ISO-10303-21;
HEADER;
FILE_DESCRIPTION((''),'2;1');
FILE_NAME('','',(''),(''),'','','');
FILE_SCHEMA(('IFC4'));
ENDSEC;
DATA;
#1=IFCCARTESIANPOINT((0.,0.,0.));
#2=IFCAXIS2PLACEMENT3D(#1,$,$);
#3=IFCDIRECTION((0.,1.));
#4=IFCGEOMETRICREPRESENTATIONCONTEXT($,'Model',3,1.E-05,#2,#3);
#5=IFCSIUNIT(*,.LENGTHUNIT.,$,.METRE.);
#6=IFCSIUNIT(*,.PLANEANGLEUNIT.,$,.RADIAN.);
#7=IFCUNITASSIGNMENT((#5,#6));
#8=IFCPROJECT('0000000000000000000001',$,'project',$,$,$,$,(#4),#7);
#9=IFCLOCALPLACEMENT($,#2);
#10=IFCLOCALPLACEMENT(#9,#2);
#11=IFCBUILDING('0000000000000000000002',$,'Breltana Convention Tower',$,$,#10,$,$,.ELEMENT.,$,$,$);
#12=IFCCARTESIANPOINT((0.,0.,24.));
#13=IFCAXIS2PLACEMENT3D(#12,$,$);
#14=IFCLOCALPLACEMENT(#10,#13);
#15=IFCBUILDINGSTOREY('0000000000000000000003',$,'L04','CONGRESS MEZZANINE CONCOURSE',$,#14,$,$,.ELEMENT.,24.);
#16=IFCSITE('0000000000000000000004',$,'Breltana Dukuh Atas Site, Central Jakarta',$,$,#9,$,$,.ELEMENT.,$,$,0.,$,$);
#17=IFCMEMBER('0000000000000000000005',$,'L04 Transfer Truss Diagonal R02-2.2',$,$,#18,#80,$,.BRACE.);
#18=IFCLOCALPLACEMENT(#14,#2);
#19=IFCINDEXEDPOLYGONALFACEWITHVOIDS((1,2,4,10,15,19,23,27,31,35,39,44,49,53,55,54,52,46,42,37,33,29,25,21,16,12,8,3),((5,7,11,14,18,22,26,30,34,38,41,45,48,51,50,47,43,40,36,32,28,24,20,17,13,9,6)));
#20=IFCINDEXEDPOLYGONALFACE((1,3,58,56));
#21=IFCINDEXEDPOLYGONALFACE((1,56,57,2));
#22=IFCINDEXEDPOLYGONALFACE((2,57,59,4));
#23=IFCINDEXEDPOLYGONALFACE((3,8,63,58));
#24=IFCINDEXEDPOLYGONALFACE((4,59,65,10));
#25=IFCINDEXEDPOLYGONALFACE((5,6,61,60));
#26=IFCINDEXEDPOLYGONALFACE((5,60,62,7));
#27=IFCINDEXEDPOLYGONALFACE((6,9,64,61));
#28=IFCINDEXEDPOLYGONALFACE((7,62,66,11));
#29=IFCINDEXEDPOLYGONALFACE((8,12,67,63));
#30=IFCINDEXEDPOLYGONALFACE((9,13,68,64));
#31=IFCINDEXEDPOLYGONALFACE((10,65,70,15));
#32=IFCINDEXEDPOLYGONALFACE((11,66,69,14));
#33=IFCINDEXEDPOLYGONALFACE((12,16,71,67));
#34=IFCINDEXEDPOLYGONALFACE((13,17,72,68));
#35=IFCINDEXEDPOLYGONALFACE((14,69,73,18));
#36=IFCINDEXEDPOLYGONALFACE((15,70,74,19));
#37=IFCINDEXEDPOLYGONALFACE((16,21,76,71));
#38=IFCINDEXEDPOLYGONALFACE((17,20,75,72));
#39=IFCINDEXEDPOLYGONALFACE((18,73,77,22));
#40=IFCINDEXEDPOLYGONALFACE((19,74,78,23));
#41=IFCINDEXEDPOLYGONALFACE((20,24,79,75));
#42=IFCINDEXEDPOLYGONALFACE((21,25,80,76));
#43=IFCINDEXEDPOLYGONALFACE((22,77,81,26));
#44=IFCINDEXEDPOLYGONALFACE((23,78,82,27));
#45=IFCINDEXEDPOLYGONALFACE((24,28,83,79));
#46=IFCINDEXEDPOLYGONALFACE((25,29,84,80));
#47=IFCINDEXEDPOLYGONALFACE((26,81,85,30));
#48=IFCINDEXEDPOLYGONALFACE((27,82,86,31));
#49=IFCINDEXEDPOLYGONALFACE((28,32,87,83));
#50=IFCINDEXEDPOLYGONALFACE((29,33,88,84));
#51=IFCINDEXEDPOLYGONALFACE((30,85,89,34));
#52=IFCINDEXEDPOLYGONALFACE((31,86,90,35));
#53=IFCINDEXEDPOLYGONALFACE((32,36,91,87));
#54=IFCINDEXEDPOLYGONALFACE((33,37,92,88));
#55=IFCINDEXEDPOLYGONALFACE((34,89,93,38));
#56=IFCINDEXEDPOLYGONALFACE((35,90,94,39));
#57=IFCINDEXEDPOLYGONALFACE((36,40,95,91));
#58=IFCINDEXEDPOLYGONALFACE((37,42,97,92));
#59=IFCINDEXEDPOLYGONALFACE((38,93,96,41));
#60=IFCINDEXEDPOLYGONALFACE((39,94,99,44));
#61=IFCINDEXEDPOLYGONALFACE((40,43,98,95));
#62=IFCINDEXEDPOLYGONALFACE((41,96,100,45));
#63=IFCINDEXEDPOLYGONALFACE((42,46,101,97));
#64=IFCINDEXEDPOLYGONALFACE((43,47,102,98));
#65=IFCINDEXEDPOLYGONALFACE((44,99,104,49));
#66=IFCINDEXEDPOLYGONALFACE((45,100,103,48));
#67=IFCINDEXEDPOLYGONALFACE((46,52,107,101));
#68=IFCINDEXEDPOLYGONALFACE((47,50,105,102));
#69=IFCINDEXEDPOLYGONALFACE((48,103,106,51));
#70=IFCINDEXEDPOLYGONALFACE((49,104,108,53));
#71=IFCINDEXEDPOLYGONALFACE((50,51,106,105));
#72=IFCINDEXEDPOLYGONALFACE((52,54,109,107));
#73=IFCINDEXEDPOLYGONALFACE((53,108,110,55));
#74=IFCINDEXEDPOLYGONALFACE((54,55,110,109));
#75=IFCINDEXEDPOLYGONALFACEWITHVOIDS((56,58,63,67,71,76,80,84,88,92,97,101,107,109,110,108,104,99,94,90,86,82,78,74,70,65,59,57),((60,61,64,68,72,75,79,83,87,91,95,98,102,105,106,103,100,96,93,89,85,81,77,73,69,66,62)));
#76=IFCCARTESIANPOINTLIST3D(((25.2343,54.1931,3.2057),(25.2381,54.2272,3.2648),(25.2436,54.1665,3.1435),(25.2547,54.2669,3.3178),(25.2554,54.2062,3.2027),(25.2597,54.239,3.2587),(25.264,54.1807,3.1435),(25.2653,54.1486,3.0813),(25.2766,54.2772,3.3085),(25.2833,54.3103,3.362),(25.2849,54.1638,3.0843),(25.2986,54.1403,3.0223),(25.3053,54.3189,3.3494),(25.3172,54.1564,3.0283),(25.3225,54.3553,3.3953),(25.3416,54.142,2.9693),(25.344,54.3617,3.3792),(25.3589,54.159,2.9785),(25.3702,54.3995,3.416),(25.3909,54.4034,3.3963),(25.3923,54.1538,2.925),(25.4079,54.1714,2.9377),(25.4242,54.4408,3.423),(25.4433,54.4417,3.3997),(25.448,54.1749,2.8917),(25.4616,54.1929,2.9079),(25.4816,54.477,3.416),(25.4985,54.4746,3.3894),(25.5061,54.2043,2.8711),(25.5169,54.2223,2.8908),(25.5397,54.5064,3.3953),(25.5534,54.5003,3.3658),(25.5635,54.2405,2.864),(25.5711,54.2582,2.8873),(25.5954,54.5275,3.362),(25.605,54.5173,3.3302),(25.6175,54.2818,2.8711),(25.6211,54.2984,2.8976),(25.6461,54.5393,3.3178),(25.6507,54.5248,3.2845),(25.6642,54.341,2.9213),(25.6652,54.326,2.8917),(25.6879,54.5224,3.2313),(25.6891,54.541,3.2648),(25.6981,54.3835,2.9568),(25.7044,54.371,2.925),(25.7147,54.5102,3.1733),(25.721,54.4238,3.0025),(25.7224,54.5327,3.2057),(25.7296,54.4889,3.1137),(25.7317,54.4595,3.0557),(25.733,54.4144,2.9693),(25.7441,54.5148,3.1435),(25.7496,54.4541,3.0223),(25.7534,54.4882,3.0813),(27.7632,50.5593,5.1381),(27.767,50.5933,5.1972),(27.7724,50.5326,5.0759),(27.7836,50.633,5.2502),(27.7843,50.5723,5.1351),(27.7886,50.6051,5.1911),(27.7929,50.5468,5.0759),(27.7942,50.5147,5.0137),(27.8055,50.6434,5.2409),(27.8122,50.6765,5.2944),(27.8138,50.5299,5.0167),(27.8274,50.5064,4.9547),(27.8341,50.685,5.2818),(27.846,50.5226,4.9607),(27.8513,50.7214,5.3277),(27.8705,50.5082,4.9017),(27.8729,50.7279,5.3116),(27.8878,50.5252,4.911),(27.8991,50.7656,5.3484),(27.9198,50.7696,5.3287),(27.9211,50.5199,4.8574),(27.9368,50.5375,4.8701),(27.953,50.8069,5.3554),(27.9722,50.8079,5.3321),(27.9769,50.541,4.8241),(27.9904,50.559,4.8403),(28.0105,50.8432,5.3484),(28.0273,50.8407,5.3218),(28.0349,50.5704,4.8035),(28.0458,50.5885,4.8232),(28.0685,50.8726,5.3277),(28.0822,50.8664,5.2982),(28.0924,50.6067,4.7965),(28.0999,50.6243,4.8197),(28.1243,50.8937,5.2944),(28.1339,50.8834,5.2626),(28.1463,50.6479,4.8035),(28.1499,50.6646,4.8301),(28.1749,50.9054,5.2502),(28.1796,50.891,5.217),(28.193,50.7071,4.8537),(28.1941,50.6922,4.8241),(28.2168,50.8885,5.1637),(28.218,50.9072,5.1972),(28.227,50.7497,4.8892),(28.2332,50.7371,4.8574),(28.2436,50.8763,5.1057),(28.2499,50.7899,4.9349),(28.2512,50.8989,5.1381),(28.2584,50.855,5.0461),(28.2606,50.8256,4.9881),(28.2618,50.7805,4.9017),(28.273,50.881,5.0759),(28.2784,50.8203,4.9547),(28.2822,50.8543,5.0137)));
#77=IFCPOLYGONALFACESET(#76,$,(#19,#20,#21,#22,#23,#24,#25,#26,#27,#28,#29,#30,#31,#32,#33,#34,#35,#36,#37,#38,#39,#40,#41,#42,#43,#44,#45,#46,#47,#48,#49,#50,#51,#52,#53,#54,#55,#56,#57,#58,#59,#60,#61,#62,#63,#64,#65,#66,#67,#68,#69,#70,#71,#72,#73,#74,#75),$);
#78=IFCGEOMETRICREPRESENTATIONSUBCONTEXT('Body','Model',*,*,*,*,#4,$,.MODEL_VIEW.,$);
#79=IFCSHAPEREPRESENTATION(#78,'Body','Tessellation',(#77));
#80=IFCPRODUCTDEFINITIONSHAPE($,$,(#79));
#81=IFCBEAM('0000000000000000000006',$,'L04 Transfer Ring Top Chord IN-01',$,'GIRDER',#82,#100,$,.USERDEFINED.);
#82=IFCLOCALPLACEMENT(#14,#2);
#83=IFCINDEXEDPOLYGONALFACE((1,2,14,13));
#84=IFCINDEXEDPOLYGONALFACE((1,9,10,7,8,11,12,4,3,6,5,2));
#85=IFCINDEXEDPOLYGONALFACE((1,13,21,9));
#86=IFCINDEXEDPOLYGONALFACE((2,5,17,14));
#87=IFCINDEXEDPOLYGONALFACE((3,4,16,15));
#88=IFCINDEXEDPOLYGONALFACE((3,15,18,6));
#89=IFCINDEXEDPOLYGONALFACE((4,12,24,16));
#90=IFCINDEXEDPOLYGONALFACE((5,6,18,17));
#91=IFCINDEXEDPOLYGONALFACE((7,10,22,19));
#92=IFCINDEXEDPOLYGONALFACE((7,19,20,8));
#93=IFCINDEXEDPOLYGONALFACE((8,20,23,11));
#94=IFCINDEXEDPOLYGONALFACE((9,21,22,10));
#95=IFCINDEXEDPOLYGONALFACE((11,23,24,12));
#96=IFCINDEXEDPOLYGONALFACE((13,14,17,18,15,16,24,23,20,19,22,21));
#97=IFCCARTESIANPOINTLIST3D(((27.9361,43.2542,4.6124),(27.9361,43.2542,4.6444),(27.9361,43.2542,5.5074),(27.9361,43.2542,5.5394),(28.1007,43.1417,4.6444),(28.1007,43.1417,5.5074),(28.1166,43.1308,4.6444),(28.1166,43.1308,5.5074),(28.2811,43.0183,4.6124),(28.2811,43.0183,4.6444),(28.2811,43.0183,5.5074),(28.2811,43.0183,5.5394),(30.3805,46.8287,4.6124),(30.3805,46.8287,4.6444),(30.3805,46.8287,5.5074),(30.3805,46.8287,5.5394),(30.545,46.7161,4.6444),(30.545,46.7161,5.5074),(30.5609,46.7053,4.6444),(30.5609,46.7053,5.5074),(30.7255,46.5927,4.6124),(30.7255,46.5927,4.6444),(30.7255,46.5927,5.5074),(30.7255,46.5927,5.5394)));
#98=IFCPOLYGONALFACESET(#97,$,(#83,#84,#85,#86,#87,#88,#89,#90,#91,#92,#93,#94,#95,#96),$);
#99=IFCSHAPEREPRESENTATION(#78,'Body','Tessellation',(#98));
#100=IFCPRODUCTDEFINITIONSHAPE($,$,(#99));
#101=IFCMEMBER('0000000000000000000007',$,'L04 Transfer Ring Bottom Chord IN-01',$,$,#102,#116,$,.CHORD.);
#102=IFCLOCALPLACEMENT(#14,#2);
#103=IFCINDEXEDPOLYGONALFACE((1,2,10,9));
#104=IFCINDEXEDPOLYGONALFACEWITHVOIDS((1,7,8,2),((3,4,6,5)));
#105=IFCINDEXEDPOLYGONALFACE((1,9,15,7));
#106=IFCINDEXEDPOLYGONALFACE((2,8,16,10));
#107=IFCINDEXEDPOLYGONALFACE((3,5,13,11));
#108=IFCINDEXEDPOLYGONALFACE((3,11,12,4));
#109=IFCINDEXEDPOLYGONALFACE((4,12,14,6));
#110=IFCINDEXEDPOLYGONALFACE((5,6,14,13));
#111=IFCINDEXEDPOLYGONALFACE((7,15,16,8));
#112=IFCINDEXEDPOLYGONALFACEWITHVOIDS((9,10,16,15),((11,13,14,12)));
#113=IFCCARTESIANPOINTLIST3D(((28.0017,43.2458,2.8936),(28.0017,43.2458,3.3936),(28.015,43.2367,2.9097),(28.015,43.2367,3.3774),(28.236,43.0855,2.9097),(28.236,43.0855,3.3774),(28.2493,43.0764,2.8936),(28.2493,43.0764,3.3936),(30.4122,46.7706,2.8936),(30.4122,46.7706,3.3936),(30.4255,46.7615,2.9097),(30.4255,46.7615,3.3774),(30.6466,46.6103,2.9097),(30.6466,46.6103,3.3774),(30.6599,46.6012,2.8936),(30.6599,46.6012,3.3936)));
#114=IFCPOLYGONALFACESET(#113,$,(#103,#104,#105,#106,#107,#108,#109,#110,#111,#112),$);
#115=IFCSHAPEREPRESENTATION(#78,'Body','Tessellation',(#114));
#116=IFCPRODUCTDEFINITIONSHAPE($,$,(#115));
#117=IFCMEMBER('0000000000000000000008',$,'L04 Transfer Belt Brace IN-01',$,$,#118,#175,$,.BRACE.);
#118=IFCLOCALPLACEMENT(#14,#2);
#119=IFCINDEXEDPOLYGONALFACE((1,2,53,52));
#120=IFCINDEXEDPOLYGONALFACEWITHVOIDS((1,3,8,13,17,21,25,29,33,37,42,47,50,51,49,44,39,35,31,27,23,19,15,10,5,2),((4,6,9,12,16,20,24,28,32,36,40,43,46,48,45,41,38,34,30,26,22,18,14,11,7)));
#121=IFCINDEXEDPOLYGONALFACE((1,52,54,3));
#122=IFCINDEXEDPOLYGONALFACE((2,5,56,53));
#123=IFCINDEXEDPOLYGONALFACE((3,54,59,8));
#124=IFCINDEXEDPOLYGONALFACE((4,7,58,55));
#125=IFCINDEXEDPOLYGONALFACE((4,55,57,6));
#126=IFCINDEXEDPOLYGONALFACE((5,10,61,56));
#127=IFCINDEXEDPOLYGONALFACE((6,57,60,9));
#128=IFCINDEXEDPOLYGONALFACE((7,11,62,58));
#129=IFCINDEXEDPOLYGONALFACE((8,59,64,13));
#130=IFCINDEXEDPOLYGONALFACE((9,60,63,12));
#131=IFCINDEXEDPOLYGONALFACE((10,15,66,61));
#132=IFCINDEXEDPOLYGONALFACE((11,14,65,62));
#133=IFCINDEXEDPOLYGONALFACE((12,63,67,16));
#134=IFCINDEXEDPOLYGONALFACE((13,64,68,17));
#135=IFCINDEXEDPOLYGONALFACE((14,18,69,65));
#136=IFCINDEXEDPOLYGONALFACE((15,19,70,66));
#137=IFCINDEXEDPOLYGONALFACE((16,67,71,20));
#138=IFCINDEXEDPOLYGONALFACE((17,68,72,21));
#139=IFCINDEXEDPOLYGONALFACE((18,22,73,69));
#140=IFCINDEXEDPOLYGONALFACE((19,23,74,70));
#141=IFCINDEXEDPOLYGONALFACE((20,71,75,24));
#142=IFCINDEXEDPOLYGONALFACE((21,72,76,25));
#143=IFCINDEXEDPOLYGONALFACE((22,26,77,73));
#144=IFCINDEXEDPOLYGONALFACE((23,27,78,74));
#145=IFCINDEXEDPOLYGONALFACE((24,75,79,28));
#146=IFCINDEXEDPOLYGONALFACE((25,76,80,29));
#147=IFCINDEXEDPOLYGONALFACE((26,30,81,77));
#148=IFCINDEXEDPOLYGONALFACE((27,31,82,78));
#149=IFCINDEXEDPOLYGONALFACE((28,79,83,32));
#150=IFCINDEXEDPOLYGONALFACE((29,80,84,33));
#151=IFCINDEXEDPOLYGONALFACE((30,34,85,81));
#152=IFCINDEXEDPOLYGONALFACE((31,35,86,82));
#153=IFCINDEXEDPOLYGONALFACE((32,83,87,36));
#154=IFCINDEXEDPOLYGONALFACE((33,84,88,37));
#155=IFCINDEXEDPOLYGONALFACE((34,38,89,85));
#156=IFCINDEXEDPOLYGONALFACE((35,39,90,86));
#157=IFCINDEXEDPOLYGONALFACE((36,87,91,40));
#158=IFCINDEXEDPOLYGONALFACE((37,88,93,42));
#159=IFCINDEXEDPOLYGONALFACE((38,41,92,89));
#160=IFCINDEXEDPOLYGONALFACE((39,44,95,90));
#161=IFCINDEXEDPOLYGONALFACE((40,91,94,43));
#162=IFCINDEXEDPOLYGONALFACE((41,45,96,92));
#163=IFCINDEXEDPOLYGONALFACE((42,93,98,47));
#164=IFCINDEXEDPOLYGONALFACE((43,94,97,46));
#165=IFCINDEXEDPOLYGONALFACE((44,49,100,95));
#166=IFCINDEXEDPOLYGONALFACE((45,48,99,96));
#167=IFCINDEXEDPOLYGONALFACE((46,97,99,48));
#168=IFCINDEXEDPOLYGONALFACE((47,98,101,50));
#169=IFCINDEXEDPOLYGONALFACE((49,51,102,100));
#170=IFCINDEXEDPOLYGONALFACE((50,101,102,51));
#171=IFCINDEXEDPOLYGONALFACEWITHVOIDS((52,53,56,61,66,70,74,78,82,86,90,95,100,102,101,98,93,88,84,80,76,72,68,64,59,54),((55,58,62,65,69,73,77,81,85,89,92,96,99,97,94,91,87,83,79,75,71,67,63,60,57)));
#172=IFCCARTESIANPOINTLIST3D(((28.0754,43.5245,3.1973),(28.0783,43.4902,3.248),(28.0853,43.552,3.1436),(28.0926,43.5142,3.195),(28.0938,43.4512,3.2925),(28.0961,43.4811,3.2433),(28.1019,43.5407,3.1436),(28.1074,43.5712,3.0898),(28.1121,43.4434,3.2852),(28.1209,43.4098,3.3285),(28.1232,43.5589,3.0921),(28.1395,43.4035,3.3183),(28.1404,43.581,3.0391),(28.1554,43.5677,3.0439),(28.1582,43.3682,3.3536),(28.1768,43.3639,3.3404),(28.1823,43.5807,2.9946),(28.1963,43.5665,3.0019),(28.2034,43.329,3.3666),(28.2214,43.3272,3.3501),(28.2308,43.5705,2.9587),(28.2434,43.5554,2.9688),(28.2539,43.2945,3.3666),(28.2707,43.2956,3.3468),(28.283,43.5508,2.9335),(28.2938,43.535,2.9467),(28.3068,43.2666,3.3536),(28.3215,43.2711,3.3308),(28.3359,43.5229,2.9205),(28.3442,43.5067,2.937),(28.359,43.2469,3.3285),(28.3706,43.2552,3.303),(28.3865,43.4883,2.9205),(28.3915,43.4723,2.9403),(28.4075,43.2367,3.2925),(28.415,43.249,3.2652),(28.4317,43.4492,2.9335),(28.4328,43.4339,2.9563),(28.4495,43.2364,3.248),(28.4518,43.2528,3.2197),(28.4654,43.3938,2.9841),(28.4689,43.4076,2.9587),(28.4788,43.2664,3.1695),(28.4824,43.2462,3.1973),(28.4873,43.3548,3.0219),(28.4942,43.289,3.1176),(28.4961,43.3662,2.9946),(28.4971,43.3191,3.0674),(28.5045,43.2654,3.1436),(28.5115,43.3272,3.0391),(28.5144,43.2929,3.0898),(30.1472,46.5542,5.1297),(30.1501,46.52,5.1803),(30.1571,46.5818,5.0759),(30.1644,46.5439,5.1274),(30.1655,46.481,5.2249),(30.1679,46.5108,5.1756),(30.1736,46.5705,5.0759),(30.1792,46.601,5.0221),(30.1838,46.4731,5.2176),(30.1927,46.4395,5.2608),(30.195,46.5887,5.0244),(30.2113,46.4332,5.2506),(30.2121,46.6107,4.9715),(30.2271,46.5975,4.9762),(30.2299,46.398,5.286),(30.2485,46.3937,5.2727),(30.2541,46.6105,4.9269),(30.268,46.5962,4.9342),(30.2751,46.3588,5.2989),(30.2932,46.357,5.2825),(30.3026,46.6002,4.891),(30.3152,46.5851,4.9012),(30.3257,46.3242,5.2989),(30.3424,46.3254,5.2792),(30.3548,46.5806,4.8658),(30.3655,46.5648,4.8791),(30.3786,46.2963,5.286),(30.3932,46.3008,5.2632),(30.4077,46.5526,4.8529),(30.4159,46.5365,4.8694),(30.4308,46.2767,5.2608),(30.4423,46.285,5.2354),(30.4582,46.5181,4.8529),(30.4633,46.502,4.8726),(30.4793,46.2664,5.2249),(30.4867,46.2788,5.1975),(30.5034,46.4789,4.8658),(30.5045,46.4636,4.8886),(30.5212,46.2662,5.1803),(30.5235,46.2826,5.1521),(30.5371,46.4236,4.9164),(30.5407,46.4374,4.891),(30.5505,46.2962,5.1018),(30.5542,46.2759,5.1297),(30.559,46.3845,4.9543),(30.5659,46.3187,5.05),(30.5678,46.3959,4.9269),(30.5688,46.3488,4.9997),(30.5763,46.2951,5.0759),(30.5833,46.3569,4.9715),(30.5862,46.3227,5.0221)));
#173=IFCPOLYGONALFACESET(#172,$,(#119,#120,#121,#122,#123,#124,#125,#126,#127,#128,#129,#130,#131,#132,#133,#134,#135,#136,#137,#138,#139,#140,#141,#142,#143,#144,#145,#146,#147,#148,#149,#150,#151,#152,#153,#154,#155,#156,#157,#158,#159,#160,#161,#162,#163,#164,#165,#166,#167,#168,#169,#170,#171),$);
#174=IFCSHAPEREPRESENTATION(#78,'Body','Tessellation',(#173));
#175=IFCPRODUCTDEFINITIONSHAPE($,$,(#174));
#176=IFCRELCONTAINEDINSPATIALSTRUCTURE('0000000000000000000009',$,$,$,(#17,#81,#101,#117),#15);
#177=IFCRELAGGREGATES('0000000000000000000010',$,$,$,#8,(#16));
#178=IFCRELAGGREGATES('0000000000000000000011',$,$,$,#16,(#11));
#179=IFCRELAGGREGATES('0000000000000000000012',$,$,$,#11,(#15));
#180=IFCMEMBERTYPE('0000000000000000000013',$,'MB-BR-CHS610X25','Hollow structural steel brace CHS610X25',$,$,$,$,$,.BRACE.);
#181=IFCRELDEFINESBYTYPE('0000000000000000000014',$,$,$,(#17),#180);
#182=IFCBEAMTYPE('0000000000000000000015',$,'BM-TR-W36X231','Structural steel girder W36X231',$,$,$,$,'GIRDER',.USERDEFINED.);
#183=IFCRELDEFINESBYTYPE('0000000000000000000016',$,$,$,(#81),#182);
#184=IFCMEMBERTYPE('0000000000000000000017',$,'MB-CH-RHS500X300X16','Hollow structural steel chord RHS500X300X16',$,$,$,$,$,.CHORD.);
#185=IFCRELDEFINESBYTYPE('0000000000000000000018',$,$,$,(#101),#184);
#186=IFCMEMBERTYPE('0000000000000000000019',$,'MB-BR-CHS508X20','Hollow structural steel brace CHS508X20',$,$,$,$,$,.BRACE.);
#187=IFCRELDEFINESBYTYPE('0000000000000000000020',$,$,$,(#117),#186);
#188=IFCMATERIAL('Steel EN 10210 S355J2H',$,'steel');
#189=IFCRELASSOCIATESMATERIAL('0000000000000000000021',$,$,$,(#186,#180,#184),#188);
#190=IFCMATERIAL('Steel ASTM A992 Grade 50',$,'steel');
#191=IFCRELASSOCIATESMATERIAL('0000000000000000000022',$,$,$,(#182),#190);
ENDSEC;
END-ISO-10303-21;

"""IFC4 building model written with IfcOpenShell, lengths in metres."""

from ifc_helpers import new_model, si_unit, direction, frame, origin, origin_2d, place, context, subcontext, project, spatial, hollow_rectangle, hollow_circle, i_section, extrude, source, transform, mapped, material, material_profile, profile_set, type_object, type_shapes, element, save


model = new_model("IFC4")

# Units and contexts
model_context = context("Model", 3, precision=1e-05, world=origin(), true_north=direction((0.0, 1.0)))
body_context = subcontext(model_context, "Body", "Model", "MODEL_VIEW")
ifc_project = project(units=[si_unit("LENGTHUNIT", "METRE"), si_unit("PLANEANGLEUNIT", "RADIAN")], contexts=[model_context])

# Site, building, storey
site_placement = place(None, origin())
site = spatial("IfcSite", under=ifc_project, at=site_placement, Name="Breltana Dukuh Atas Site, Central Jakarta", CompositionType="ELEMENT", RefElevation=0.0)
building_placement = place(site_placement, origin())
building = spatial("IfcBuilding", under=site, at=building_placement, Name="Breltana Convention Tower", CompositionType="ELEMENT")
storey_placement = place(building_placement, frame((0.0, 0.0, 24.0)))
storey = spatial("IfcBuildingStorey", under=building, at=storey_placement, Name="L04", Description="CONGRESS MEZZANINE CONCOURSE", CompositionType="ELEMENT", Elevation=24.0)

# Shared definitions
ifc_material_1 = material(Name="Steel ASTM A992 Grade 50", Category="steel")
ifc_material_2 = material(Name="Steel EN 10210 S355J2H", Category="steel")
ifc_material_profile_1 = material_profile(ifc_material_2, hollow_circle(Radius=0.2539, WallThickness=0.02, at=origin_2d()), Name="CHS508X20")
ifc_profile_set_1 = profile_set([ifc_material_profile_1], Name="Steel EN 10210 S355J2H")
member_type_1 = type_object("IfcMemberType", Name="MB-BR-CHS508X20", Description="Hollow structural steel brace CHS508X20", PredefinedType="BRACE", material=ifc_profile_set_1)

# Shared definitions
ifc_material_profile_2 = material_profile(ifc_material_1, i_section(OverallWidth=0.418, OverallDepth=0.927, WebThickness=0.0193, FlangeThickness=0.032, at=origin_2d()), Name="W36X231")
ifc_profile_set_2 = profile_set([ifc_material_profile_2], Name="Steel ASTM A992 Grade 50")
beam_type_1 = type_object("IfcBeamType", Name="BM-TR-W36X231", Description="Structural steel girder W36X231", ElementType="GIRDER", PredefinedType="USERDEFINED", material=ifc_profile_set_2)

# Member
ifc_material_profile_3 = material_profile(ifc_material_2, hollow_circle(Radius=0.3049, WallThickness=0.0249, at=origin_2d()), Name="CHS610X25")
ifc_profile_set_3 = profile_set([ifc_material_profile_3], Name="Steel EN 10210 S355J2H")
member_type_2 = type_object("IfcMemberType", Name="MB-BR-CHS610X25", Description="Hollow structural steel brace CHS610X25", PredefinedType="BRACE", material=ifc_profile_set_3)
shared_shape_1 = source(origin(), body_context, "Body", "SweptSolid", [
    extrude(hollow_circle(Radius=0.3049, WallThickness=0.0249, at=origin_2d()), origin(), (0.0, 0.0, 1.0), 4.8306),
])
member_1_placement = place(storey_placement, frame((28.0227, 50.7068, 5.0759), z_axis=(-0.523513, 0.752265, -0.400039), x_axis=(-0.820804, -0.57121, 0.0)))
element("IfcMember", 1, at=member_1_placement, inside=storey, type_object=member_type_2, Name="L04 Transfer Truss Diagonal R02-2.2", PredefinedType="BRACE", context=body_context, shape_type="MappedRepresentation", body=[
    mapped(shared_shape_1, transform((0.0, 0.0, 0.0), scale=1.0)),
])

# Beam
shared_shape_2 = source(origin(), body_context, "Body", "SweptSolid", [
    extrude(i_section(OverallWidth=0.418, OverallDepth=0.927, WebThickness=0.0193, FlangeThickness=0.032, at=origin_2d()), origin(), (0.0, 0.0, 1.0), 4.3303),
])
beam_1_placement = place(storey_placement, frame((28.1086, 43.1362, 5.0759), z_axis=(0.564472, 0.825452, 0.0), x_axis=(-0.825452, 0.564472, 0.0)))
element("IfcBeam", 2, at=beam_1_placement, inside=storey, type_object=beam_type_1, Name="L04 Transfer Ring Top Chord IN-01", ObjectType="GIRDER", PredefinedType="USERDEFINED", context=body_context, shape_type="MappedRepresentation", body=[
    mapped(shared_shape_2, transform((0.0, 0.0, 0.0), scale=1.0)),
])

# Members
ifc_material_profile_4 = material_profile(ifc_material_2, hollow_rectangle(XDim=0.3, YDim=0.5, WallThickness=0.0161, at=origin_2d()), Name="RHS500X300X16")
ifc_profile_set_4 = profile_set([ifc_material_profile_4], Name="Steel EN 10210 S355J2H")
member_type_3 = type_object("IfcMemberType", Name="MB-CH-RHS500X300X16", Description="Hollow structural steel chord RHS500X300X16", PredefinedType="CHORD", material=ifc_profile_set_4)
shared_shape_3 = source(origin(), body_context, "Body", "SweptSolid", [
    extrude(hollow_rectangle(XDim=0.3, YDim=0.5, WallThickness=0.0161, at=origin_2d()), origin(), (0.0, 0.0, 1.0), 4.2703),
])
type_shapes(member_type_3, [shared_shape_3])
member_2_placement = place(storey_placement, frame((28.1255, 43.1611, 3.1436), z_axis=(0.564504, 0.825431, 0.0), x_axis=(-0.825431, 0.564504, 0.0)))
element("IfcMember", 3, at=member_2_placement, inside=storey, type_object=member_type_3, Name="L04 Transfer Ring Bottom Chord IN-01", PredefinedType="CHORD", context=body_context, shape_type="MappedRepresentation", body=[
    mapped(shared_shape_3, transform((0.0, 0.0, 0.0), scale=1.0)),
])
shared_shape_4 = source(origin(), body_context, "Body", "SweptSolid", [
    extrude(hollow_circle(Radius=0.2539, WallThickness=0.02, at=origin_2d()), origin(), (0.0, 0.0, 1.0), 4.1479),
])
member_3_placement = place(storey_placement, frame((28.2949, 43.4087, 3.1436), z_axis=(0.499464, 0.73042, 0.465856), x_axis=(-0.825464, 0.564455, 0.0)))
element("IfcMember", 4, at=member_3_placement, inside=storey, type_object=member_type_1, Name="L04 Transfer Belt Brace IN-01", PredefinedType="BRACE", context=body_context, shape_type="MappedRepresentation", body=[
    mapped(shared_shape_4, transform((0.0, 0.0, 0.0), scale=1.0)),
])

save(model, "model.ifc")
